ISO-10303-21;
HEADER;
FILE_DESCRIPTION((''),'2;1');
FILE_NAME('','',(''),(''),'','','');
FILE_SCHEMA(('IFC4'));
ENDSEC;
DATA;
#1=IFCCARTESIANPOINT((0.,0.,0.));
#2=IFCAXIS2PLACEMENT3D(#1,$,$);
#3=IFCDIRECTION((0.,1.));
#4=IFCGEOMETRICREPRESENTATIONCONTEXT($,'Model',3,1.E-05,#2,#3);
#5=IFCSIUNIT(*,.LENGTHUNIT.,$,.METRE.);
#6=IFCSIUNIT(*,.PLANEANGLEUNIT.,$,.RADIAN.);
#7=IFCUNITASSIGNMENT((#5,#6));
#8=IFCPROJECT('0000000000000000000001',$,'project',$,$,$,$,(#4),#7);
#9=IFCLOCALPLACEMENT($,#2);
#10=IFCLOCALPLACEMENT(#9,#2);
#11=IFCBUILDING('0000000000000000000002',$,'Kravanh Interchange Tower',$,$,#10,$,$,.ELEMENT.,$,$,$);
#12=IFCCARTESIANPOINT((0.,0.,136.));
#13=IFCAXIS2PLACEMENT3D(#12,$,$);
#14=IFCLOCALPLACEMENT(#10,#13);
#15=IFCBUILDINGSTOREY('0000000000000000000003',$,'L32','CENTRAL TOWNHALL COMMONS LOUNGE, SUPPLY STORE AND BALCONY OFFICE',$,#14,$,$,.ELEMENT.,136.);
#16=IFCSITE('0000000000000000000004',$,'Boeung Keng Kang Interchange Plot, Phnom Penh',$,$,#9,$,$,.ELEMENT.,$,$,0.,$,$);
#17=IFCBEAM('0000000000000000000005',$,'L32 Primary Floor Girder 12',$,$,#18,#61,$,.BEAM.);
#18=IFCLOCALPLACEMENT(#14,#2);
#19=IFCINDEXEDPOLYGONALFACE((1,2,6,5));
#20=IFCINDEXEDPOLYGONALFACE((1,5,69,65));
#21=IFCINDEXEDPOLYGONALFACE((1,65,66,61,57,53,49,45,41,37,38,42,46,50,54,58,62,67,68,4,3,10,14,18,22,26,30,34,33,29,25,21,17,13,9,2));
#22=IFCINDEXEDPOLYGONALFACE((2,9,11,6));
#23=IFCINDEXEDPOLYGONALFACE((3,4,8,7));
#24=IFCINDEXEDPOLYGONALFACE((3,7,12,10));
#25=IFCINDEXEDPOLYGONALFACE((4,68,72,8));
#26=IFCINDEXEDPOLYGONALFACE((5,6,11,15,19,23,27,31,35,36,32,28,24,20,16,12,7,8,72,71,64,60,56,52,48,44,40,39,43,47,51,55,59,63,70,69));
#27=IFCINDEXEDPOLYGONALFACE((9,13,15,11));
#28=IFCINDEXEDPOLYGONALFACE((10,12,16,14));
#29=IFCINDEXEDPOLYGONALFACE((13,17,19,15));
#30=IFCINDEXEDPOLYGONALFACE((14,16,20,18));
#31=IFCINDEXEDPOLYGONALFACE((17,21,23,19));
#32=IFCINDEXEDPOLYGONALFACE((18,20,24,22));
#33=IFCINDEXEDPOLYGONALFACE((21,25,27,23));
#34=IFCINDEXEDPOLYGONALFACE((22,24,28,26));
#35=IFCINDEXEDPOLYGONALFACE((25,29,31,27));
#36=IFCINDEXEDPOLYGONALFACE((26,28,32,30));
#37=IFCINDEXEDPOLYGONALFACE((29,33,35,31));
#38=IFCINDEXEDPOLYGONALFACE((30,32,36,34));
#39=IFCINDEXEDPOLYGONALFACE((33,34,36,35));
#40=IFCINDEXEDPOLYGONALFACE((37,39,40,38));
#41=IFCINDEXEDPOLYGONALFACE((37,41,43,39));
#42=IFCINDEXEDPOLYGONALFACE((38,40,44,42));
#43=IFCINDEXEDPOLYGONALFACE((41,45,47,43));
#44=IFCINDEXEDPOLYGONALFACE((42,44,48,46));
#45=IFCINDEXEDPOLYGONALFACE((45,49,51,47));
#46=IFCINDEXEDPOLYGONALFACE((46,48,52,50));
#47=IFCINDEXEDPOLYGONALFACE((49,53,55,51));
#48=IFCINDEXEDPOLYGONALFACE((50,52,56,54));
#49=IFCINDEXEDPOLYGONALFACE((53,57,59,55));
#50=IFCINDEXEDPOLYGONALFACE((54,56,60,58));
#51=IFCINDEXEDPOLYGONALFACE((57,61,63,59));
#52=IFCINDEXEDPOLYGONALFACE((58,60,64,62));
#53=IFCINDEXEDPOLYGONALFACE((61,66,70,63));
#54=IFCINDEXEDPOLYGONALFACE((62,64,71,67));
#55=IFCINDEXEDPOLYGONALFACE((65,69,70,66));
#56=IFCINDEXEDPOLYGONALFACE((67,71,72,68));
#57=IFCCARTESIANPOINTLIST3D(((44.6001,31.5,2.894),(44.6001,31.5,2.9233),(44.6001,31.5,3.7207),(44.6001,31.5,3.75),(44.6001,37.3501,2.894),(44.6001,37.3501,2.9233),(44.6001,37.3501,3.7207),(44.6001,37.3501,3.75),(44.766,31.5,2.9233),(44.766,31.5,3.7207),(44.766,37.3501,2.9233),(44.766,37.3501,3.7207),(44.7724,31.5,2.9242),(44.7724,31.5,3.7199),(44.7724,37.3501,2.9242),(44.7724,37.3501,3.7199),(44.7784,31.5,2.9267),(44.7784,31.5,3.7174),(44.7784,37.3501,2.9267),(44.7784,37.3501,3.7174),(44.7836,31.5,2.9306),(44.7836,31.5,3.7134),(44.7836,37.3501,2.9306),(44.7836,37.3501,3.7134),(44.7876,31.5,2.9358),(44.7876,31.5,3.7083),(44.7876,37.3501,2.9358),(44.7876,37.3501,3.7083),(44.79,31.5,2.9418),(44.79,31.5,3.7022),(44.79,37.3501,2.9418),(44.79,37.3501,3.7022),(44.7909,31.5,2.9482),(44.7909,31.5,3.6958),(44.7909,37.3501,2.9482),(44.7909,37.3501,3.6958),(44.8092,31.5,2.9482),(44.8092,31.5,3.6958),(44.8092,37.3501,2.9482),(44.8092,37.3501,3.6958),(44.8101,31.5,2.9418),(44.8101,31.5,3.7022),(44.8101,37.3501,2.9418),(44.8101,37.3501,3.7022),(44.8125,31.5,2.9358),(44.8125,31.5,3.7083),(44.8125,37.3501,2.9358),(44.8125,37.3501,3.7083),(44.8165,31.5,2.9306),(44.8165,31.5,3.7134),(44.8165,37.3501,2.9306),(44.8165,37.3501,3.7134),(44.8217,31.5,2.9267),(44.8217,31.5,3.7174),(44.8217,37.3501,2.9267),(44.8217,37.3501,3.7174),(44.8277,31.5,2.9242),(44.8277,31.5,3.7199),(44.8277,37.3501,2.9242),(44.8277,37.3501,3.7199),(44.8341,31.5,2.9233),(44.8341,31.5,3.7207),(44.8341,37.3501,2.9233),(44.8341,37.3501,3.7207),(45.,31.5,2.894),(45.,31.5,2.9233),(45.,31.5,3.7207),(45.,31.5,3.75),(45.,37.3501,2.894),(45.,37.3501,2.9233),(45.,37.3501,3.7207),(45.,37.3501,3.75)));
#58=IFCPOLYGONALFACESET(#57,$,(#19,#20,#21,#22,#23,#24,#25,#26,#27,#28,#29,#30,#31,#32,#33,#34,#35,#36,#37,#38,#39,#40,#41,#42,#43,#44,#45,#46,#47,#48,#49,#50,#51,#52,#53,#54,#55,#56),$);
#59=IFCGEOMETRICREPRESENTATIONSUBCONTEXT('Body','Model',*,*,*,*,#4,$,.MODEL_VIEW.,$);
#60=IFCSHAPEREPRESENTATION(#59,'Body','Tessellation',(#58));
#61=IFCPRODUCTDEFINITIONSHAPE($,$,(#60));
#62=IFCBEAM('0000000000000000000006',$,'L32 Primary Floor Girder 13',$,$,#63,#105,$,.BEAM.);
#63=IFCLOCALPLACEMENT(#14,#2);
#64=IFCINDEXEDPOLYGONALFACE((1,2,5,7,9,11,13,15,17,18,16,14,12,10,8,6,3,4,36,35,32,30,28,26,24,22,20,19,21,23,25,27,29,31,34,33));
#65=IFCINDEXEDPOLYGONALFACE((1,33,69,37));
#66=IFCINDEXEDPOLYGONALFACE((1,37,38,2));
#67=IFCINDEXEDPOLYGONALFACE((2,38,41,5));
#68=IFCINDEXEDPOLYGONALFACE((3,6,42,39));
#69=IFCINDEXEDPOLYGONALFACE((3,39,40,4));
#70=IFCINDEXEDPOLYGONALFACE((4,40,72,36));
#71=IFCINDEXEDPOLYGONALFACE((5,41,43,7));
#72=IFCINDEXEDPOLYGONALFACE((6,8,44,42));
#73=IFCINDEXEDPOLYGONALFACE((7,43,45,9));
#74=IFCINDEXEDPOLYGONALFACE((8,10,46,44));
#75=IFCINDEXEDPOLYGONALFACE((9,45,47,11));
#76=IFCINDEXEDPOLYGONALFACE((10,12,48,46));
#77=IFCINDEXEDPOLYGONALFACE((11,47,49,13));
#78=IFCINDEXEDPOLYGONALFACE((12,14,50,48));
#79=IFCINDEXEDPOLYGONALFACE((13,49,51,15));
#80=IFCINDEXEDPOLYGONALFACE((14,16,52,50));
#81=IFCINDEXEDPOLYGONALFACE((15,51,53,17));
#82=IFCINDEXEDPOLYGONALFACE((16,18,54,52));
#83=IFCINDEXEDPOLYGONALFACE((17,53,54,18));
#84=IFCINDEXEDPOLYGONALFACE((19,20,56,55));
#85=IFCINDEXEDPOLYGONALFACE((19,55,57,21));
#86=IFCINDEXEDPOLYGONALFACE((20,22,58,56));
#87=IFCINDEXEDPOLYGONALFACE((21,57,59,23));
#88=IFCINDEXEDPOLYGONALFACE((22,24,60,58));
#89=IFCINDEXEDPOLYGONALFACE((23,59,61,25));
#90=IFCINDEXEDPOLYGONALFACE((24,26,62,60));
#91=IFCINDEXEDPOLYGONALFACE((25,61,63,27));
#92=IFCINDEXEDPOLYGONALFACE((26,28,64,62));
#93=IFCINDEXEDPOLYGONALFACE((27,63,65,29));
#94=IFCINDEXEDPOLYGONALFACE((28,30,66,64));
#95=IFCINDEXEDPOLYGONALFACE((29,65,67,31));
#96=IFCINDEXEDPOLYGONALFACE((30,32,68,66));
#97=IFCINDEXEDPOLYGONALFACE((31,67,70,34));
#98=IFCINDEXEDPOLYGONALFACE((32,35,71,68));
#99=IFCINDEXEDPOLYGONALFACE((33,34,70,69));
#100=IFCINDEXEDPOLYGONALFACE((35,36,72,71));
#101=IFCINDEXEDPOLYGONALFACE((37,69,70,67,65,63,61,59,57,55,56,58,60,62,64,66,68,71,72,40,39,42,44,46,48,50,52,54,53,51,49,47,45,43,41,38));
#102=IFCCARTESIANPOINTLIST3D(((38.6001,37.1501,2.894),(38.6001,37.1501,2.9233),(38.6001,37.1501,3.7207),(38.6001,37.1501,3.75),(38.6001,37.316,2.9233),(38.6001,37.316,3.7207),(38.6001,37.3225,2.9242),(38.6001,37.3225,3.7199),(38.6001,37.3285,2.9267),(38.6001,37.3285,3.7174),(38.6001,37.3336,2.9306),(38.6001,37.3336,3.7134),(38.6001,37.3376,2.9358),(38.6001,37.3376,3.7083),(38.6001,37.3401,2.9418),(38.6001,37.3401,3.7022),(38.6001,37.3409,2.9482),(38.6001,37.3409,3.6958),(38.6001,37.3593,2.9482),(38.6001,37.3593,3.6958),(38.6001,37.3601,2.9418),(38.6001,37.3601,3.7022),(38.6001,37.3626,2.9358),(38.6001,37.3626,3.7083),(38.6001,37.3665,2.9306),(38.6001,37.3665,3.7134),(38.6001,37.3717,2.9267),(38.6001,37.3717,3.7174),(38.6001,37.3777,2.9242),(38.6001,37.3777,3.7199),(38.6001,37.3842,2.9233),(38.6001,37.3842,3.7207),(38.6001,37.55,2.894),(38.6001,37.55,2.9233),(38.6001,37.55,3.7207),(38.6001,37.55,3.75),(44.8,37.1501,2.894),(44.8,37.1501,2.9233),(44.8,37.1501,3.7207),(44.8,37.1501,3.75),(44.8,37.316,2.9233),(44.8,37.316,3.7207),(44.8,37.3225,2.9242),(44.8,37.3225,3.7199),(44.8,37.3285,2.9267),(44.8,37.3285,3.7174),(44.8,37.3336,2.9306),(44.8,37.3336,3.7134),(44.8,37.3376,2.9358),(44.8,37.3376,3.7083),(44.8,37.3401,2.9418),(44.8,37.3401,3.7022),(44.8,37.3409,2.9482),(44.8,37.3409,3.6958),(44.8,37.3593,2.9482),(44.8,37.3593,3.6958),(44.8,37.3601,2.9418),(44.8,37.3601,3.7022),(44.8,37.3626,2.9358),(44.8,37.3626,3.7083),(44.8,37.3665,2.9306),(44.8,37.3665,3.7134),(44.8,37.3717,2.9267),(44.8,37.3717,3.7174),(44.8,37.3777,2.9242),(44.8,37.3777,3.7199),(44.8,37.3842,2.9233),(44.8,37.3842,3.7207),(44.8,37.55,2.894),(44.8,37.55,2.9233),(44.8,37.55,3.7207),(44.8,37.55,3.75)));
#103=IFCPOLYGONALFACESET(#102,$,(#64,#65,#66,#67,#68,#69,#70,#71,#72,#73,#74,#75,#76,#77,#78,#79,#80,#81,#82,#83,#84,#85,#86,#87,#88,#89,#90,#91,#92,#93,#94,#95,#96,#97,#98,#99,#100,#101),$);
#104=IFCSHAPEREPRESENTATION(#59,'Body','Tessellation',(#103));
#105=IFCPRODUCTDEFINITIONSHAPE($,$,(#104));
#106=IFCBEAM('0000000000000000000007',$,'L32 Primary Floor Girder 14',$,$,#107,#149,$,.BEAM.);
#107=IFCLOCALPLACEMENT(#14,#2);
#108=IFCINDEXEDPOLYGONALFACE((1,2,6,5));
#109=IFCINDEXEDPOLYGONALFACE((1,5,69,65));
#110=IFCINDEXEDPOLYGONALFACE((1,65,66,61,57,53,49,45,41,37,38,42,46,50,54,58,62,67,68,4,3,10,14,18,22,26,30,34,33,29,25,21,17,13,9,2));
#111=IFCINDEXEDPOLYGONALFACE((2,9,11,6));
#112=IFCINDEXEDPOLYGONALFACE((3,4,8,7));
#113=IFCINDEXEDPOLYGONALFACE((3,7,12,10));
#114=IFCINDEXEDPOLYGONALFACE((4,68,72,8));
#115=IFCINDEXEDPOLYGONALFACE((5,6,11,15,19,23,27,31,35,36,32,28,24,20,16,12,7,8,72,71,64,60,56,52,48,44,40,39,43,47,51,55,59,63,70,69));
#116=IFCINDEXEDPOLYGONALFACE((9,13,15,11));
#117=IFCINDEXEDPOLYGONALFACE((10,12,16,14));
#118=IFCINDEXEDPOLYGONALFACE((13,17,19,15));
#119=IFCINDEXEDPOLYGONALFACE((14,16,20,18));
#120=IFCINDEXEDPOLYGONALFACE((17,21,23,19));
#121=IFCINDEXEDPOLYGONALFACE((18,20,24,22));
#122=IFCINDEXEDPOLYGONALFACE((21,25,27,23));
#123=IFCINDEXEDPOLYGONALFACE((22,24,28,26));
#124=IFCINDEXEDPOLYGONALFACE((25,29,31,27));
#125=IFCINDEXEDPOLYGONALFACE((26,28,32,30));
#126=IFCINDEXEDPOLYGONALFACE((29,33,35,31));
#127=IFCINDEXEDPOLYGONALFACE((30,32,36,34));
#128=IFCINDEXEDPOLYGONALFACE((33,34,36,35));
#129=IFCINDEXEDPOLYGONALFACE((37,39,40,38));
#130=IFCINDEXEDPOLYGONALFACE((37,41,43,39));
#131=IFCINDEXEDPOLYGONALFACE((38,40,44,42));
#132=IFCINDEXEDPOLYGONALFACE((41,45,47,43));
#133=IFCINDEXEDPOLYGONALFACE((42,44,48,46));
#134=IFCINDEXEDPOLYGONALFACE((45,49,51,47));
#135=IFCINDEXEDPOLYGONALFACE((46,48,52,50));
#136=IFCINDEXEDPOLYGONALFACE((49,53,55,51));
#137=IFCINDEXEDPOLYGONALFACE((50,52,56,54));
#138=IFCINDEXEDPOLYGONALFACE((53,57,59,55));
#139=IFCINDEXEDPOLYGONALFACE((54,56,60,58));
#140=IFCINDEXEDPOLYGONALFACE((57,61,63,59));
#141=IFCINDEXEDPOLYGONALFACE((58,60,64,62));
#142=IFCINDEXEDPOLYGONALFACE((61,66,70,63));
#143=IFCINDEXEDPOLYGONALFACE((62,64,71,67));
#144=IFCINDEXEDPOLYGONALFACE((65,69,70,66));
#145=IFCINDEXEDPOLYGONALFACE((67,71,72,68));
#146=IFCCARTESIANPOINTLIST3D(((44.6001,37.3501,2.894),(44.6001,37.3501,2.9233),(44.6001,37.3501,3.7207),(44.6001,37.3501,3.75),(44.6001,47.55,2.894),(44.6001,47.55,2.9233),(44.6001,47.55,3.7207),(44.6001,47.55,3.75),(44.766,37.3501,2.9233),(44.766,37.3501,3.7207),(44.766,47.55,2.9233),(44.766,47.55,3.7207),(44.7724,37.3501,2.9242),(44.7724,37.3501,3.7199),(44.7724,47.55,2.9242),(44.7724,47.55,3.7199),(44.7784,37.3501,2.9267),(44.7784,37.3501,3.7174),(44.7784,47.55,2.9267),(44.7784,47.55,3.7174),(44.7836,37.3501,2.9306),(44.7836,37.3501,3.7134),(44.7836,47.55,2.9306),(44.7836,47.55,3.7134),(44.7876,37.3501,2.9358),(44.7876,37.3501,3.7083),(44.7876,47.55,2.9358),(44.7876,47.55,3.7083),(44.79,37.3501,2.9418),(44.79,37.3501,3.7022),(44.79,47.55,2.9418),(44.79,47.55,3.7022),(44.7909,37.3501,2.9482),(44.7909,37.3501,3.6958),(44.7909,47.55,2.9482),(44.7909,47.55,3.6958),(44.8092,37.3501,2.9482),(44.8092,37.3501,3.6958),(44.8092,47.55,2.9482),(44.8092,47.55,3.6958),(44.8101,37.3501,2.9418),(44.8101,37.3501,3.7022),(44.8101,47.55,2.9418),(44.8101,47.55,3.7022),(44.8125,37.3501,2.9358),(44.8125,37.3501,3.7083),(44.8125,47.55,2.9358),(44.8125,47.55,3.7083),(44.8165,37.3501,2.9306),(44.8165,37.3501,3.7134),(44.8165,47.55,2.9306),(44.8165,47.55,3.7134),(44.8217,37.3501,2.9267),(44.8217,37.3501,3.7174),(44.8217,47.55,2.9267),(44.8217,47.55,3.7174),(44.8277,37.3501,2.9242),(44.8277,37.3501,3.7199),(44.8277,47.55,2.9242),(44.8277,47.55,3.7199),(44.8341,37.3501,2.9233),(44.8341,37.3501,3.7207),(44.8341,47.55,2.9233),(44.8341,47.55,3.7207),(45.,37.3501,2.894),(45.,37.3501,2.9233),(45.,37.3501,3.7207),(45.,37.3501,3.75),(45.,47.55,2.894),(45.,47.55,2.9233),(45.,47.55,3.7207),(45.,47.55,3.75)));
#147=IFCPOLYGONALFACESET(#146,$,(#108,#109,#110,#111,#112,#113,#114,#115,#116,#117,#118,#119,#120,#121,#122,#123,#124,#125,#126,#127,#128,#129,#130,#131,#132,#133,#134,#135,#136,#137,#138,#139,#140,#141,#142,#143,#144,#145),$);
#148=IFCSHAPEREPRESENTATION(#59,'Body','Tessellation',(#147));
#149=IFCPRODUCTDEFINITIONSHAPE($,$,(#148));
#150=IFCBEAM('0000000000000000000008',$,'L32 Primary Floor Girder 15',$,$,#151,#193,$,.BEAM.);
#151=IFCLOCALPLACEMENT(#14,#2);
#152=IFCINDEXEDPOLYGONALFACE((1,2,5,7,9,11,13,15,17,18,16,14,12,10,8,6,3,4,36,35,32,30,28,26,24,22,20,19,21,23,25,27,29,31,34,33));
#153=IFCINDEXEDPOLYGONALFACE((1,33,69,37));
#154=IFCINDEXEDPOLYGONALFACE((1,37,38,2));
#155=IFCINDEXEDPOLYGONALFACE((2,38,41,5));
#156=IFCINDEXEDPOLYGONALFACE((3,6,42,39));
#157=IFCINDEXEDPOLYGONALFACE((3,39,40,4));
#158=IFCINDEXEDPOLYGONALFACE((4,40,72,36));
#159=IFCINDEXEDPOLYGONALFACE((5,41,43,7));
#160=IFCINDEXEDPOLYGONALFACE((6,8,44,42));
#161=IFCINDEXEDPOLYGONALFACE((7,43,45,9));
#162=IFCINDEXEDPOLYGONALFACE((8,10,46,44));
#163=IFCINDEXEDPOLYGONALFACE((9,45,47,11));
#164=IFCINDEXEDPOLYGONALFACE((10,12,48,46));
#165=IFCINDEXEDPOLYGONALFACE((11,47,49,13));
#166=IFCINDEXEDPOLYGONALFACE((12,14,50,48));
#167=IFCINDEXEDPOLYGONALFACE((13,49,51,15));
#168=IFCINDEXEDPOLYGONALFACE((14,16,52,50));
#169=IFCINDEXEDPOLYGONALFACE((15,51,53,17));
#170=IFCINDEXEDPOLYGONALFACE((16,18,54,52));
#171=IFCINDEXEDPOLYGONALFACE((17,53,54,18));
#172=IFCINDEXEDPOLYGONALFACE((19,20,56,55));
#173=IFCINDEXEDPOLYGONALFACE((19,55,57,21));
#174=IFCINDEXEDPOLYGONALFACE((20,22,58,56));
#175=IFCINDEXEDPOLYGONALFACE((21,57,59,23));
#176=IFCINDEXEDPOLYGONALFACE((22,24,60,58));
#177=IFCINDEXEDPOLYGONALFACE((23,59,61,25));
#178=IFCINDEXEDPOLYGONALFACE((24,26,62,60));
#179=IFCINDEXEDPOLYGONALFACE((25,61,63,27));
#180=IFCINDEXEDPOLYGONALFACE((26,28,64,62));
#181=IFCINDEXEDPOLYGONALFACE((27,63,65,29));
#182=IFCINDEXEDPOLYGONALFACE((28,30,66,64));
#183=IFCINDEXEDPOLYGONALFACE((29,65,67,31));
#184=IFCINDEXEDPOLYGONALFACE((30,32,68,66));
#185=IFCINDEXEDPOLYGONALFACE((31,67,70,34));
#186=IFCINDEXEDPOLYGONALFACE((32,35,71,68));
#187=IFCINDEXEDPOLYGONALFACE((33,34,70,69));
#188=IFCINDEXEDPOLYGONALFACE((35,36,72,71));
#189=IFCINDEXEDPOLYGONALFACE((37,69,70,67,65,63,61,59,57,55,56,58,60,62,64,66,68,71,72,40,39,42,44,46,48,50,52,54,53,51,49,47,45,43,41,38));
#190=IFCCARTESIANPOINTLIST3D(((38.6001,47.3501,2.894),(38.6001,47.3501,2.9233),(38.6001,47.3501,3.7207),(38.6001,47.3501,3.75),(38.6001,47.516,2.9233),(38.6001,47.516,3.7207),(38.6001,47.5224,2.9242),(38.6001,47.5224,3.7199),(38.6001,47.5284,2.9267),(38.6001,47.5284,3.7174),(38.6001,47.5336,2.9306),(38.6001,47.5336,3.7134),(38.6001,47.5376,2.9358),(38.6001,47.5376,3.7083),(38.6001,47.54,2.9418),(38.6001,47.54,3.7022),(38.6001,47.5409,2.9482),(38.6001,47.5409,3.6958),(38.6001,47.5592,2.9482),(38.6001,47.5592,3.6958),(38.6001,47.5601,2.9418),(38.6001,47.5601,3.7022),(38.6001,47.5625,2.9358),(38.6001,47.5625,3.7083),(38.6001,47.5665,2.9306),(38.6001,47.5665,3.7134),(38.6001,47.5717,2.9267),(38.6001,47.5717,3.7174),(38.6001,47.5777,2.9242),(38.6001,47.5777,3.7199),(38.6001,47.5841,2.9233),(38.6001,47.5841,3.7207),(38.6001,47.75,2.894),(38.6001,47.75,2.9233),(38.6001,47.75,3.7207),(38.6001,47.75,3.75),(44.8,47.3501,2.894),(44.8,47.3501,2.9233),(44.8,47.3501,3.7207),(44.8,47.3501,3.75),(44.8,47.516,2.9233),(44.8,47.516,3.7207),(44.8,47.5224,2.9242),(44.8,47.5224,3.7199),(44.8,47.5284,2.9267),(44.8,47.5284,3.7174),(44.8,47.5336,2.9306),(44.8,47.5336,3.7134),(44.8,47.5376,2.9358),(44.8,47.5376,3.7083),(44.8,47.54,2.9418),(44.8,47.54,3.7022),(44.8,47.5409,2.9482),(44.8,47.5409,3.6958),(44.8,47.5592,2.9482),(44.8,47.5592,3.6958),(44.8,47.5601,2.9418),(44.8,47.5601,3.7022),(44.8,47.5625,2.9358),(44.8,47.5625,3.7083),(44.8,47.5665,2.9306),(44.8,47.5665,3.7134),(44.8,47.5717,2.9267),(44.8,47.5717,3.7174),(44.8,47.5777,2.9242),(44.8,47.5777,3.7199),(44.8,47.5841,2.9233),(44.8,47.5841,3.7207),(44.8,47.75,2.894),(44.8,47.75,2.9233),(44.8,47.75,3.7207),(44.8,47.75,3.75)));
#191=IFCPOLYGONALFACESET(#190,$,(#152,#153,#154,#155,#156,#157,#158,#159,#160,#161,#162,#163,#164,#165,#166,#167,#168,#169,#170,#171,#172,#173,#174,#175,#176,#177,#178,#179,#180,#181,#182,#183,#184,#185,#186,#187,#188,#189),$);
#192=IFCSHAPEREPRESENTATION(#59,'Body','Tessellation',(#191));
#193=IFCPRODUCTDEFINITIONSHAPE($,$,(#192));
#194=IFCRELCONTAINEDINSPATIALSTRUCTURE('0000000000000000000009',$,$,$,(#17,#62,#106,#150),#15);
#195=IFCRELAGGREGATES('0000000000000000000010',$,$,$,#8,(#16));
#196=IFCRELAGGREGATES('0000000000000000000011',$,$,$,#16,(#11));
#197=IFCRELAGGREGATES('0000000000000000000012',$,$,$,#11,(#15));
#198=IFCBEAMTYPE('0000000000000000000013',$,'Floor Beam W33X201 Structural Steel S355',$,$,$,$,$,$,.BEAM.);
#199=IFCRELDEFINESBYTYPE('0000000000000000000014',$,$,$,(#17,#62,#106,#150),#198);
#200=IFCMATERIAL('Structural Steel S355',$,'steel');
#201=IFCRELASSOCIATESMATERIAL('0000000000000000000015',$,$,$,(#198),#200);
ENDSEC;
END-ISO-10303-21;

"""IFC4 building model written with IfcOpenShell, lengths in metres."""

from ifc_helpers import new_model, si_unit, direction, frame, origin, origin_2d, place, context, subcontext, project, spatial, i_section, extrude, material, material_profile, profile_set, type_object, element, save


model = new_model("IFC4")

# Units and contexts
model_context = context("Model", 3, precision=1e-05, world=origin(), true_north=direction((0.0, 1.0)))
body_context = subcontext(model_context, "Body", "Model", "MODEL_VIEW")
ifc_project = project(units=[si_unit("LENGTHUNIT", "METRE"), si_unit("PLANEANGLEUNIT", "RADIAN")], contexts=[model_context])

# Site, building, storey
site_placement = place(None, origin())
site = spatial("IfcSite", under=ifc_project, at=site_placement, Name="Boeung Keng Kang Interchange Plot, Phnom Penh", CompositionType="ELEMENT", RefElevation=0.0)
building_placement = place(site_placement, origin())
building = spatial("IfcBuilding", under=site, at=building_placement, Name="Kravanh Interchange Tower", CompositionType="ELEMENT")
storey_placement = place(building_placement, frame((0.0, 0.0, 136.0)))
storey = spatial("IfcBuildingStorey", under=building, at=storey_placement, Name="L32", Description="CENTRAL TOWNHALL COMMONS LOUNGE, SUPPLY STORE AND BALCONY OFFICE", CompositionType="ELEMENT", Elevation=136.0)

# Beams
ifc_material_1 = material(Name="Structural Steel S355", Category="steel")
ifc_material_profile_1 = material_profile(ifc_material_1, i_section(OverallWidth=0.3999, OverallDepth=0.856, WebThickness=0.0183, FlangeThickness=0.0293, FilletRadius=0.0249, at=origin_2d()), Name="W33X201")
ifc_profile_set_1 = profile_set([ifc_material_profile_1], Name="Structural Steel S355")
beam_type_1 = type_object("IfcBeamType", Name="Floor Beam W33X201 Structural Steel S355", PredefinedType="BEAM", material=ifc_profile_set_1)
beam_1_placement = place(storey_placement, frame((44.8, 37.3501, 3.322), z_axis=(0.0, -1.0, 0.0), x_axis=(1.0, 0.0, 0.0)))
element("IfcBeam", 1, at=beam_1_placement, inside=storey, type_object=beam_type_1, Name="L32 Primary Floor Girder 12", PredefinedType="BEAM", context=body_context, shape_type="SweptSolid", body=[
    extrude(i_section(OverallWidth=0.3999, OverallDepth=0.856, WebThickness=0.0183, FlangeThickness=0.0293, FilletRadius=0.0249, at=origin_2d()), origin(), (0.0, 0.0, 1.0), 5.8501),
])
beam_2_placement = place(storey_placement, frame((44.8, 37.3501, 3.322), z_axis=(-1.0, 0.0, 0.0), x_axis=(0.0, -1.0, 0.0)))
element("IfcBeam", 2, at=beam_2_placement, inside=storey, type_object=beam_type_1, Name="L32 Primary Floor Girder 13", PredefinedType="BEAM", context=body_context, shape_type="SweptSolid", body=[
    extrude(i_section(OverallWidth=0.3999, OverallDepth=0.856, WebThickness=0.0183, FlangeThickness=0.0293, FilletRadius=0.0249, at=origin_2d()), origin(), (0.0, 0.0, 1.0), 6.2),
])
beam_3_placement = place(storey_placement, frame((44.8, 37.3501, 3.322), z_axis=(0.0, 1.0, 0.0), x_axis=(-1.0, 0.0, 0.0)))
element("IfcBeam", 3, at=beam_3_placement, inside=storey, type_object=beam_type_1, Name="L32 Primary Floor Girder 14", PredefinedType="BEAM", context=body_context, shape_type="SweptSolid", body=[
    extrude(i_section(OverallWidth=0.3999, OverallDepth=0.856, WebThickness=0.0183, FlangeThickness=0.0293, FilletRadius=0.0249, at=origin_2d()), origin(), (0.0, 0.0, 1.0), 10.2),
])
beam_4_placement = place(storey_placement, frame((44.8, 47.55, 3.322), z_axis=(-1.0, 0.0, 0.0), x_axis=(0.0, -1.0, 0.0)))
element("IfcBeam", 4, at=beam_4_placement, inside=storey, type_object=beam_type_1, Name="L32 Primary Floor Girder 15", PredefinedType="BEAM", context=body_context, shape_type="SweptSolid", body=[
    extrude(i_section(OverallWidth=0.3999, OverallDepth=0.856, WebThickness=0.0183, FlangeThickness=0.0293, FilletRadius=0.0249, at=origin_2d()), origin(), (0.0, 0.0, 1.0), 6.2),
])

save(model, "model.ifc")
